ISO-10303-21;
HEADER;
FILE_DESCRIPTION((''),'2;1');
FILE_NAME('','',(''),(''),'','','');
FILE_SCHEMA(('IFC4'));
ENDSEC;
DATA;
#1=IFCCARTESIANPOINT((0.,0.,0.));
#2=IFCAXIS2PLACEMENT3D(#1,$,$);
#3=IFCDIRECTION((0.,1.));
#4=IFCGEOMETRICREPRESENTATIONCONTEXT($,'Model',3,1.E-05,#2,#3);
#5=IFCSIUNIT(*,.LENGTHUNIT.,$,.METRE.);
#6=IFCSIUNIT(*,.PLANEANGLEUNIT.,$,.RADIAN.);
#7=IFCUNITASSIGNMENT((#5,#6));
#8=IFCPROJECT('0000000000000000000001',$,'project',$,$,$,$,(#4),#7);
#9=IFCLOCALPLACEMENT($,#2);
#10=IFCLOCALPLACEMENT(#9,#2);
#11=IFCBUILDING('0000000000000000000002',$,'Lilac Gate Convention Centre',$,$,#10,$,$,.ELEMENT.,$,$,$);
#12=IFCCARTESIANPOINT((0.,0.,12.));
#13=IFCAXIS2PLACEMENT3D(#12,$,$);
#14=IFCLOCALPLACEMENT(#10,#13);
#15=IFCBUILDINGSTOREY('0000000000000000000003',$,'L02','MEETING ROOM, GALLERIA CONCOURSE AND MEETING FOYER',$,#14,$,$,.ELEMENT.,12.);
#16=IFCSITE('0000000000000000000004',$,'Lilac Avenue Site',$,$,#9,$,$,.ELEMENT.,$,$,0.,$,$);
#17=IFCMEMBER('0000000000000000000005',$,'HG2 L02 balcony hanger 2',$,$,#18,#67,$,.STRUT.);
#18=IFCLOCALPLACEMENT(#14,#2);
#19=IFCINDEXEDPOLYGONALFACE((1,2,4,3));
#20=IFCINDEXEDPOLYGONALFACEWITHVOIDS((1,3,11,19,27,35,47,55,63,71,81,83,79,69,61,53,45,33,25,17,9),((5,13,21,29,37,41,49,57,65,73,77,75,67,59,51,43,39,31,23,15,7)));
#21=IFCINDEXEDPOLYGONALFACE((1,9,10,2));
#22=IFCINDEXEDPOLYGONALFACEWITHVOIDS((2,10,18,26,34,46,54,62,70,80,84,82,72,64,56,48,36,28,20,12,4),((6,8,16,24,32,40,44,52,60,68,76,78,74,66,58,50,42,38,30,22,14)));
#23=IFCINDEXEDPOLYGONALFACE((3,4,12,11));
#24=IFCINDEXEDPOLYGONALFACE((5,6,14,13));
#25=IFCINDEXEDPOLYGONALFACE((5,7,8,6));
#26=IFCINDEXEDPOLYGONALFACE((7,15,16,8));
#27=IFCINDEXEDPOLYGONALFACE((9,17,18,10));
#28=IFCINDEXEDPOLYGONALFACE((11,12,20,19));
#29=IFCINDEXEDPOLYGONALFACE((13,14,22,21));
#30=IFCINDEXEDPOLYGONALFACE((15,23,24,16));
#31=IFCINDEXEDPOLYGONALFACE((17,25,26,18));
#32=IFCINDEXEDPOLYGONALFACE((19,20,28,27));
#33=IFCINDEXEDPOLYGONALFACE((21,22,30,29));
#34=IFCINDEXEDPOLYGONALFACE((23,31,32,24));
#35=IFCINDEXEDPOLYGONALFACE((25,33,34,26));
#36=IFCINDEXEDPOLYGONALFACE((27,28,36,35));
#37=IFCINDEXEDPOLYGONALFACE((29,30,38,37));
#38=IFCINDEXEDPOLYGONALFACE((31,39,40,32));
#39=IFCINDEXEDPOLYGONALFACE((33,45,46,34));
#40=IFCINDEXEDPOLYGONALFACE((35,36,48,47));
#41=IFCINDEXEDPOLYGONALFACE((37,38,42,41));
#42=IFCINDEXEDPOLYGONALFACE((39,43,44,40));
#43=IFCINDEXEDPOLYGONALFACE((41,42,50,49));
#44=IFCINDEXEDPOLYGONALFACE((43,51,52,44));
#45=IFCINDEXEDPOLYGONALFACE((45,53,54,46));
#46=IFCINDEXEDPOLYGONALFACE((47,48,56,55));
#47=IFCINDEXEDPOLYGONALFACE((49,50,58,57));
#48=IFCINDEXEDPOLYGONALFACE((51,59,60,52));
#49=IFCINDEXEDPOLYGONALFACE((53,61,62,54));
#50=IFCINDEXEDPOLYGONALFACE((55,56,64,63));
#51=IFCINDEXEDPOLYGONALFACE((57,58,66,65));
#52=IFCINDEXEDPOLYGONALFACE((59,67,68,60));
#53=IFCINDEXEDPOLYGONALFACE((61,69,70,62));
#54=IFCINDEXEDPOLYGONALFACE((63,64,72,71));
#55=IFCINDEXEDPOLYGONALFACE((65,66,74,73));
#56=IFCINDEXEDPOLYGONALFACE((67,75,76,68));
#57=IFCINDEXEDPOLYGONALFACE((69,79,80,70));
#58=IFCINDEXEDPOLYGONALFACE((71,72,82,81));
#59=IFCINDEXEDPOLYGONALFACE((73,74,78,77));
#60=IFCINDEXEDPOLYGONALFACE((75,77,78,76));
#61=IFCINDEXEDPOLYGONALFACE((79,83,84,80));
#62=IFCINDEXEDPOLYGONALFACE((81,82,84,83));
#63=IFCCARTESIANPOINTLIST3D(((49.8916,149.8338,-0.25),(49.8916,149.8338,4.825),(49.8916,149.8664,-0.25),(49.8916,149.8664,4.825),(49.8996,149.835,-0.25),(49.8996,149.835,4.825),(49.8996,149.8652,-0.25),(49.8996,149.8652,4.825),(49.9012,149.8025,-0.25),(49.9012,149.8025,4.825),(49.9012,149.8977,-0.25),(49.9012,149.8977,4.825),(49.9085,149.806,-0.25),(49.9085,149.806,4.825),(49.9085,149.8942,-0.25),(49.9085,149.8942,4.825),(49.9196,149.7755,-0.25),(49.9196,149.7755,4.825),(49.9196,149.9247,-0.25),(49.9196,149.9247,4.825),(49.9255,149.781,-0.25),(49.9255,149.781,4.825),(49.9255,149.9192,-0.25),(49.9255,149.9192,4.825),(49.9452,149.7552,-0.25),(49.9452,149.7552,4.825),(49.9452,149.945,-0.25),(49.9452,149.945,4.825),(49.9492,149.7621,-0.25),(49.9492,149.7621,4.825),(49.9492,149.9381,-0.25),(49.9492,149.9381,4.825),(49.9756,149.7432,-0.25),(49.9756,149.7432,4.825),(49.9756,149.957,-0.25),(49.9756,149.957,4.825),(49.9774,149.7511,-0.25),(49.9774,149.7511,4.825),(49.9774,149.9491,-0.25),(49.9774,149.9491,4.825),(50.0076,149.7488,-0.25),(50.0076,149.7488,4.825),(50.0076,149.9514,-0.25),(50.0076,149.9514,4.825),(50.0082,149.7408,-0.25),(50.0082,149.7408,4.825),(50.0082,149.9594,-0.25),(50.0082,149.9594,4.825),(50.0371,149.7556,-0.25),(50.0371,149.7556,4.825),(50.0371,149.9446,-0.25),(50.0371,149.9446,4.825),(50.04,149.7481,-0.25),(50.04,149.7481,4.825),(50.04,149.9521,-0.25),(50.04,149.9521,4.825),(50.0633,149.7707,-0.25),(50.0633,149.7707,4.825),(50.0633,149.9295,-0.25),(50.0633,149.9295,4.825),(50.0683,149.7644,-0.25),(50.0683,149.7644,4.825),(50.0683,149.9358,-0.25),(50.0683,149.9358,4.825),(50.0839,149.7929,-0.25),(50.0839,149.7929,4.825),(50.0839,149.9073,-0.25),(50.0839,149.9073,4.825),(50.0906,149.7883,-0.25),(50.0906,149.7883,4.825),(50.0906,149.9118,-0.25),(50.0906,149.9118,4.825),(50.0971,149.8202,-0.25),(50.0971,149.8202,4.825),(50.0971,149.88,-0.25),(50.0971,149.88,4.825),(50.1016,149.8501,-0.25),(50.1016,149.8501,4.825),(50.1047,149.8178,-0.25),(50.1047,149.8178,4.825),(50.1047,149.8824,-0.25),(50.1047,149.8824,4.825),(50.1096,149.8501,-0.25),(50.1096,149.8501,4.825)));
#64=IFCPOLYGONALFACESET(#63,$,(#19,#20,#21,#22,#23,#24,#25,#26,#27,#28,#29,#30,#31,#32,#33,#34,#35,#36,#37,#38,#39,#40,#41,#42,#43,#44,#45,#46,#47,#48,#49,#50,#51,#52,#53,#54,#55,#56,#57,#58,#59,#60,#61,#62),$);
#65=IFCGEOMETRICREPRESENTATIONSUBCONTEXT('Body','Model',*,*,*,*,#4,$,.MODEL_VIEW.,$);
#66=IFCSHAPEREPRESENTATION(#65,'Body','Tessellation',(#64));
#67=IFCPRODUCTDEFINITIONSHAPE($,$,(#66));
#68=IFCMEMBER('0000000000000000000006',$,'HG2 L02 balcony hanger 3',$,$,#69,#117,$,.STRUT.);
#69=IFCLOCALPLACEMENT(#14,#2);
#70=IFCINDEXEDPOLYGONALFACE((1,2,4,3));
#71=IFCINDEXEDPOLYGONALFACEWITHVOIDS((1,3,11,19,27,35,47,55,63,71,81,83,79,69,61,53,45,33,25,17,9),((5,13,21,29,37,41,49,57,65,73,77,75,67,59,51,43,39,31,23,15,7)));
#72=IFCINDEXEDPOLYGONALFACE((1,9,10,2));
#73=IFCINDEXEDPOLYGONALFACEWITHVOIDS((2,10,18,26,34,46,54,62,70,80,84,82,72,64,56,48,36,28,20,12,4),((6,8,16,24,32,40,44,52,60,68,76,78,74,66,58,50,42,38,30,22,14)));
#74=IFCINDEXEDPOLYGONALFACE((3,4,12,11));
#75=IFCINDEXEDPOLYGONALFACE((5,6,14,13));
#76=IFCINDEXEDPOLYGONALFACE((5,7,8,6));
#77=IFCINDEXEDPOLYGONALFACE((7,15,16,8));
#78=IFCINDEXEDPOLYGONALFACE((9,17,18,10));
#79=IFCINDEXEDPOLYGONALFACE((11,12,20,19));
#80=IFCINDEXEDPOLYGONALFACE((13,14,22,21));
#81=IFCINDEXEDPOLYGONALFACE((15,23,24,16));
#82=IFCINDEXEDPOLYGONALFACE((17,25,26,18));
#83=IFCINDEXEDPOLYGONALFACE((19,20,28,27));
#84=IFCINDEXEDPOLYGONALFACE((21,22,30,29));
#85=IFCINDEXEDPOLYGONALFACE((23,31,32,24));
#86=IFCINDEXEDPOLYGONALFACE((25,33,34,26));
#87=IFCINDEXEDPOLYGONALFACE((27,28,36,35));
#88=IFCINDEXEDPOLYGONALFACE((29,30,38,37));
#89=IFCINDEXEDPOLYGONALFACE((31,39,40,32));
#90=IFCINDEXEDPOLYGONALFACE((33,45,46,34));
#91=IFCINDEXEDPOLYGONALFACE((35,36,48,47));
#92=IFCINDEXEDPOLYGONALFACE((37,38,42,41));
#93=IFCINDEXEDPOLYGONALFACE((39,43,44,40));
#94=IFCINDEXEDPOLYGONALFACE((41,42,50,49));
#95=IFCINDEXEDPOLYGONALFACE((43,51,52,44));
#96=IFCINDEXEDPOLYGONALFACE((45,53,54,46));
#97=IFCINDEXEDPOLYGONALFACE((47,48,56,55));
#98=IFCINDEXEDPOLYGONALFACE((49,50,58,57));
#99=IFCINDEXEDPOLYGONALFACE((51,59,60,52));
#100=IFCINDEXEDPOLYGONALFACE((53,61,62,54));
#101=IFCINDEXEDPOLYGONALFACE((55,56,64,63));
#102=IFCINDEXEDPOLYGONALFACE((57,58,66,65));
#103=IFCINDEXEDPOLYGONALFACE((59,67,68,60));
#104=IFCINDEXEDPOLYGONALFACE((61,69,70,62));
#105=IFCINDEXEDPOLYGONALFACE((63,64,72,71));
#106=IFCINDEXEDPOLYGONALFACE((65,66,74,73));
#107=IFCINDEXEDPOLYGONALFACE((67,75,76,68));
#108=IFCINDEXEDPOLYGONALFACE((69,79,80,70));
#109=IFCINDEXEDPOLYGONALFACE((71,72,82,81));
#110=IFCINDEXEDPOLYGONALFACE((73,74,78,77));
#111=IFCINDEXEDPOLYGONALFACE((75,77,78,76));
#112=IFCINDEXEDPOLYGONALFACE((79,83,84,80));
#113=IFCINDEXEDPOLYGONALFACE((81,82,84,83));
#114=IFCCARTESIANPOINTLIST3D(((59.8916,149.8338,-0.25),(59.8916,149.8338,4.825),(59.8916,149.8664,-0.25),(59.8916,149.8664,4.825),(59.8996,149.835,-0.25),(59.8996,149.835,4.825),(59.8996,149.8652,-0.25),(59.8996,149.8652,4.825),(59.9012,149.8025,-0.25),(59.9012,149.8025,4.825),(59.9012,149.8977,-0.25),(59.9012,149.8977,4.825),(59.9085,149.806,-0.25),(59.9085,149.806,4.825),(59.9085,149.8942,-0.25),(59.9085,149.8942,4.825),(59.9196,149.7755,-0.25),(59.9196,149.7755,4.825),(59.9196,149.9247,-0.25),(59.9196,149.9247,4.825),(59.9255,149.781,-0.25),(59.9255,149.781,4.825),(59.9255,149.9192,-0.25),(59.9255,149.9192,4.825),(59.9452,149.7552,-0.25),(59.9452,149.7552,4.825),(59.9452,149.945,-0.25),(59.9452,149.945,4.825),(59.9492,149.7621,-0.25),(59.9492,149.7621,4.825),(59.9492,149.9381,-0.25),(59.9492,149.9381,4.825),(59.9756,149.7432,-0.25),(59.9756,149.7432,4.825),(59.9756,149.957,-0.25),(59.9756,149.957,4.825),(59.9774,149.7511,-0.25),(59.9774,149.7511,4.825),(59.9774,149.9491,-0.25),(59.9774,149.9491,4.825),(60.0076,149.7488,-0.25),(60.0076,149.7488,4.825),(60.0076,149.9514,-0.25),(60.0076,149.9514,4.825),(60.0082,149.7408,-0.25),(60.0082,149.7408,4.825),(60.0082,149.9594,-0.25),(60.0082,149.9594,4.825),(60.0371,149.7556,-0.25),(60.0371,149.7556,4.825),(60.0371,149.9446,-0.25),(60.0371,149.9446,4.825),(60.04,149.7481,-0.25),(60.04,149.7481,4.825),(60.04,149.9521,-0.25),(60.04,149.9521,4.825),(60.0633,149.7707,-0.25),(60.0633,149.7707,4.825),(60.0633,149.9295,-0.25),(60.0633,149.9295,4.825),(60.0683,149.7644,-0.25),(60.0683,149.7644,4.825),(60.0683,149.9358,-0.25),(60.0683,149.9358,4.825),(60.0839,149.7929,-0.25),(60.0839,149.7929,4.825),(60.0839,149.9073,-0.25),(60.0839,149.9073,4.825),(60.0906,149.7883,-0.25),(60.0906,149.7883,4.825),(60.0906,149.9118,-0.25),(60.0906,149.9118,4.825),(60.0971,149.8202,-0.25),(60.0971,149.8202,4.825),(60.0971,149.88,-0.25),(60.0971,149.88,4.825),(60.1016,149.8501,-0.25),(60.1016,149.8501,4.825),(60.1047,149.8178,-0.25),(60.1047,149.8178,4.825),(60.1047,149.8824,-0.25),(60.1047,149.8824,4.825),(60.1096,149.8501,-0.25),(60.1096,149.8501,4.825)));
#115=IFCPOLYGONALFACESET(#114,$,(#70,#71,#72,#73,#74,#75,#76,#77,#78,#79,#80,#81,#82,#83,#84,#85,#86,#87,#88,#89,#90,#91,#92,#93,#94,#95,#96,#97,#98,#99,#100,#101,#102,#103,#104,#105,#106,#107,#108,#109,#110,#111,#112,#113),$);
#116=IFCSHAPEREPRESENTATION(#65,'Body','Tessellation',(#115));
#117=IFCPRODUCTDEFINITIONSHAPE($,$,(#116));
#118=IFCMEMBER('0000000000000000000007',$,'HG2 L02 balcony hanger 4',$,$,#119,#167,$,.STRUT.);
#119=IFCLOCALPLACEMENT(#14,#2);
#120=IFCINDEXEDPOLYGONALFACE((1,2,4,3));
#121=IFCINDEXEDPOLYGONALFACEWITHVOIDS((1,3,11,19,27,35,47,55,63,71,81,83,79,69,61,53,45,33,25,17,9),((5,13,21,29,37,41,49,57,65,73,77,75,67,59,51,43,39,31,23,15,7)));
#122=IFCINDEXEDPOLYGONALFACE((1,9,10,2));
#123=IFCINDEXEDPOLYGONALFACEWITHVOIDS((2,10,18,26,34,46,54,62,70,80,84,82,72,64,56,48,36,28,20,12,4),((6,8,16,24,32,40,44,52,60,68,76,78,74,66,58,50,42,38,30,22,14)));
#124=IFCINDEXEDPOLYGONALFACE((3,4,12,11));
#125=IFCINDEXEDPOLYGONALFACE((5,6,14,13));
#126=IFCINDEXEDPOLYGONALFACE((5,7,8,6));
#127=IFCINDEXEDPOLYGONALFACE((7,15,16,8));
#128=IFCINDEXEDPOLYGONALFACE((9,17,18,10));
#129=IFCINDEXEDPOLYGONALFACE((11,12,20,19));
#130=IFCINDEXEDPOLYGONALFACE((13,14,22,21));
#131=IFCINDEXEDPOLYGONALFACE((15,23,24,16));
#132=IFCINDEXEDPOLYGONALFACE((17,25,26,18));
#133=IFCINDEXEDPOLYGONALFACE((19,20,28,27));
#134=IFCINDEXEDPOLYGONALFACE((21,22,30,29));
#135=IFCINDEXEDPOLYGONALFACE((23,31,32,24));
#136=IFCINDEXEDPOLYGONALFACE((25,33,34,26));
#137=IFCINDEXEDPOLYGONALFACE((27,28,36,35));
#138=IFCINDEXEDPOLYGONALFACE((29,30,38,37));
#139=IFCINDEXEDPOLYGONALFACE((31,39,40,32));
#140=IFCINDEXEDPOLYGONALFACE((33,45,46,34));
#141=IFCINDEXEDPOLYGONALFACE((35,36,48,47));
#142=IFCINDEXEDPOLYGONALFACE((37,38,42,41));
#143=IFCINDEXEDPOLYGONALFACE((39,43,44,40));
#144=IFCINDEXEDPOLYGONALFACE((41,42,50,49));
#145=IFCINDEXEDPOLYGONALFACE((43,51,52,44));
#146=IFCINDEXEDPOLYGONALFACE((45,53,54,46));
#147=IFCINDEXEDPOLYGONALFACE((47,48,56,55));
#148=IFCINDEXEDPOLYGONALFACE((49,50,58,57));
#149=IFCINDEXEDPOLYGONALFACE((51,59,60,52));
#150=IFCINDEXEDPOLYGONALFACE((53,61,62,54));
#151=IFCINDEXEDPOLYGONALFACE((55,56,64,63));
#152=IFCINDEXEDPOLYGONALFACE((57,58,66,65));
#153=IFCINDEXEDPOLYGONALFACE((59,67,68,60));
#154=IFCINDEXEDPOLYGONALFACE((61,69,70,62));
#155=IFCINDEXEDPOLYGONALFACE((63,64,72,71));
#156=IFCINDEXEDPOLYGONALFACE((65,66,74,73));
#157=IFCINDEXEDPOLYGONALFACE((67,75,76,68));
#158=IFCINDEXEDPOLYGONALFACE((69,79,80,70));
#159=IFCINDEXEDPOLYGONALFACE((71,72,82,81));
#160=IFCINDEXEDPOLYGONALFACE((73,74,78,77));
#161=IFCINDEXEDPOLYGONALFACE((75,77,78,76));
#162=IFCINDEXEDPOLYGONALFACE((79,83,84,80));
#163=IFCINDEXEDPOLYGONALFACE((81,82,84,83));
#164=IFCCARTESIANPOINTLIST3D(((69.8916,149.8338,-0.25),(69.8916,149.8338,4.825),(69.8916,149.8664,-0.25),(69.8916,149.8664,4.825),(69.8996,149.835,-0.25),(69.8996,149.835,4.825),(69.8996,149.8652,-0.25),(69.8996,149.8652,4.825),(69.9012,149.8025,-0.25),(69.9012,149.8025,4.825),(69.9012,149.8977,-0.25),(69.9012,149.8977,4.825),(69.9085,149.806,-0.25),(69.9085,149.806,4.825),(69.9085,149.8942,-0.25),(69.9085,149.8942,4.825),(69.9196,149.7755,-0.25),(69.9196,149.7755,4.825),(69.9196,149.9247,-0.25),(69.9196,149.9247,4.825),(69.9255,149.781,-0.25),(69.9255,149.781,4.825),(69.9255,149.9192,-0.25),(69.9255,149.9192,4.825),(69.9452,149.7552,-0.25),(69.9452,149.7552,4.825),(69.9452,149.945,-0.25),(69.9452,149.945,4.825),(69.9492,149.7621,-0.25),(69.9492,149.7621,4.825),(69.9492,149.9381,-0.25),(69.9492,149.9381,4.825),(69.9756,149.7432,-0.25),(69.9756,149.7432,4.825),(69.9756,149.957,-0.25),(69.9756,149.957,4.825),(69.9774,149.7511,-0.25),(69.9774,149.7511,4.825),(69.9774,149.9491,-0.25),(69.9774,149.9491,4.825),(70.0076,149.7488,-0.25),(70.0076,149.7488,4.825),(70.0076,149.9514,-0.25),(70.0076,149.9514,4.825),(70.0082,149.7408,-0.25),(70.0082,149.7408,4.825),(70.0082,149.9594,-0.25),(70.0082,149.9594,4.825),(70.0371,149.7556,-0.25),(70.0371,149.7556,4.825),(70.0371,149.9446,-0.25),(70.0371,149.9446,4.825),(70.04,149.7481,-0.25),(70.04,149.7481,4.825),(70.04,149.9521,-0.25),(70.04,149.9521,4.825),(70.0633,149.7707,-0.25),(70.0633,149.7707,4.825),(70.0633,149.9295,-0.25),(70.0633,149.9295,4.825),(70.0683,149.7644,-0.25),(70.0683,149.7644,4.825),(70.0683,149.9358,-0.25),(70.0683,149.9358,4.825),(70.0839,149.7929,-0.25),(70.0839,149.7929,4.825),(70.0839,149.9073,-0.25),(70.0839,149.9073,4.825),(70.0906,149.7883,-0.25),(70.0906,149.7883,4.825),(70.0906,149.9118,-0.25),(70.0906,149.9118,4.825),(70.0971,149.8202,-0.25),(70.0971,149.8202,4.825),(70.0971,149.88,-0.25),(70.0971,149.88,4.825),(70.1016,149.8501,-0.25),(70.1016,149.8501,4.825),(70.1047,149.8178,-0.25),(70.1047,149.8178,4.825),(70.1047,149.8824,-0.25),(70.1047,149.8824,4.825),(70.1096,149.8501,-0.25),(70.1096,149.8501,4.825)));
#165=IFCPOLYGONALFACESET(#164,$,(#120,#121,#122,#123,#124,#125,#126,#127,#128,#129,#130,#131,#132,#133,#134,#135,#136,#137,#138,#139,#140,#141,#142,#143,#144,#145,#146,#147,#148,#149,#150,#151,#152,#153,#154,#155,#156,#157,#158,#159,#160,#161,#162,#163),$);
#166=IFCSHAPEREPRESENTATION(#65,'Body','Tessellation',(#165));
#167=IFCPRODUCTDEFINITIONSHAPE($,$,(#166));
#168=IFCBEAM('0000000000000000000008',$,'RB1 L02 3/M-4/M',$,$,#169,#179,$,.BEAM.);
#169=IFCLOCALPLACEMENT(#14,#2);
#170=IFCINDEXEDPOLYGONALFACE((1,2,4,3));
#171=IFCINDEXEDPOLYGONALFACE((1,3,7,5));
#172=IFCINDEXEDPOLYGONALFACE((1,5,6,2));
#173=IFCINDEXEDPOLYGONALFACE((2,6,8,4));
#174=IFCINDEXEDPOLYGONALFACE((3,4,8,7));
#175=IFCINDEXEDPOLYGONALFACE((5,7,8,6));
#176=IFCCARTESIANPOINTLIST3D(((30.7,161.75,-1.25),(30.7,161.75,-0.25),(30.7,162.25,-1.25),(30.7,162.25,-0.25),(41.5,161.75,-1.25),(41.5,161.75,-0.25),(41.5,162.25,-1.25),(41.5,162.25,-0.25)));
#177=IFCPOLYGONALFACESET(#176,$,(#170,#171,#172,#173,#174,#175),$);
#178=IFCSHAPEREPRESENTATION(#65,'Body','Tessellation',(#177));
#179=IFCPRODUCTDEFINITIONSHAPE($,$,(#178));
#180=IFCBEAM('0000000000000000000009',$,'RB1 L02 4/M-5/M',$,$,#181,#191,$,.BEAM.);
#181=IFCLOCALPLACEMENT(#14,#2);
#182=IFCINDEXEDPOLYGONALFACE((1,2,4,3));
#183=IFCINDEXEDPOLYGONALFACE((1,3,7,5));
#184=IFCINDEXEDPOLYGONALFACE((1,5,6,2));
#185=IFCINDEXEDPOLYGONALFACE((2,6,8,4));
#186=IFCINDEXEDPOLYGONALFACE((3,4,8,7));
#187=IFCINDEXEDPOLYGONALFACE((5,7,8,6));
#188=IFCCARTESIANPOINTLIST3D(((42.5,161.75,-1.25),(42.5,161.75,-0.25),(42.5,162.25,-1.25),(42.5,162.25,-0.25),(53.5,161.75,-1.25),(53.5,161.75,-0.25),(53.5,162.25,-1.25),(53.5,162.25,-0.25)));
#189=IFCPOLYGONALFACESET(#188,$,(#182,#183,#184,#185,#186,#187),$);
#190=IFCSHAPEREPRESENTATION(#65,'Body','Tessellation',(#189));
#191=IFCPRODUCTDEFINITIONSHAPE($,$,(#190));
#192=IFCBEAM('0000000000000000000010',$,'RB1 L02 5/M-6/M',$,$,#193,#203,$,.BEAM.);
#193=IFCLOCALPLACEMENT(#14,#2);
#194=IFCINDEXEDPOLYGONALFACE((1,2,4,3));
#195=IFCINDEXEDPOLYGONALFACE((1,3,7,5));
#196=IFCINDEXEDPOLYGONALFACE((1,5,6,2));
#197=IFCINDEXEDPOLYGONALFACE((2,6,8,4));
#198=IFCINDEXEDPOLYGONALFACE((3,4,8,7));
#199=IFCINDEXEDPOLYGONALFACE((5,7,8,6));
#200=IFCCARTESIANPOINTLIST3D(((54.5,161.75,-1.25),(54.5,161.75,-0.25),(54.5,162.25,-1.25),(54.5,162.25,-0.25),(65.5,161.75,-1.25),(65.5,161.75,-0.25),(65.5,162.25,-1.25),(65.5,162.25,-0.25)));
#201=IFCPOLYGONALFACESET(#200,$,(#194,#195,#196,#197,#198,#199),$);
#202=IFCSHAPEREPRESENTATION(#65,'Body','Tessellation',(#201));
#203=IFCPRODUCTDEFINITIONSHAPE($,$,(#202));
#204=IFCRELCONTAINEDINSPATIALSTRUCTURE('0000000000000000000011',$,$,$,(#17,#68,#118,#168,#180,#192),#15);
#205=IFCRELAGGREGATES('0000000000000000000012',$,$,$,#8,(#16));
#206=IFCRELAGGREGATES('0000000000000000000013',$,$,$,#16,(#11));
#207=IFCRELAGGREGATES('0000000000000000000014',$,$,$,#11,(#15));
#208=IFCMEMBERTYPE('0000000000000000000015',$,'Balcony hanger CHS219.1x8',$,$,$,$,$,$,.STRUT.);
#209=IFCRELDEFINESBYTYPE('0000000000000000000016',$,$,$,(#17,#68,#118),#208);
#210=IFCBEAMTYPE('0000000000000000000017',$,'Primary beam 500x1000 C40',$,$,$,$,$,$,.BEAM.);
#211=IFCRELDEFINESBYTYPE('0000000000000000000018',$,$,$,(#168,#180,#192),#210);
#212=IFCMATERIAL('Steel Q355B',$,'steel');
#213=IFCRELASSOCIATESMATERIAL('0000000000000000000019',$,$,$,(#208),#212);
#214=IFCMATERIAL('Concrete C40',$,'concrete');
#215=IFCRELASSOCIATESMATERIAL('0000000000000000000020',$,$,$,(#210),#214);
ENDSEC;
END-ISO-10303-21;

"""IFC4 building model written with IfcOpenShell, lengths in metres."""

from ifc_helpers import new_model, si_unit, direction, frame, origin, origin_2d, place, context, subcontext, project, spatial, rectangle, hollow_circle, extrude, material, material_profile, profile_set, type_object, element, save


model = new_model("IFC4")

# Units and contexts
model_context = context("Model", 3, precision=1e-05, world=origin(), true_north=direction((0.0, 1.0)))
body_context = subcontext(model_context, "Body", "Model", "MODEL_VIEW")
ifc_project = project(units=[si_unit("LENGTHUNIT", "METRE"), si_unit("PLANEANGLEUNIT", "RADIAN")], contexts=[model_context])

# Site, building, storey
site_placement = place(None, origin())
site = spatial("IfcSite", under=ifc_project, at=site_placement, Name="Lilac Avenue Site", CompositionType="ELEMENT", RefElevation=0.0)
building_placement = place(site_placement, origin())
building = spatial("IfcBuilding", under=site, at=building_placement, Name="Lilac Gate Convention Centre", CompositionType="ELEMENT")
storey_placement = place(building_placement, frame((0.0, 0.0, 12.0)))
storey = spatial("IfcBuildingStorey", under=building, at=storey_placement, Name="L02", Description="MEETING ROOM, GALLERIA CONCOURSE AND MEETING FOYER", CompositionType="ELEMENT", Elevation=12.0)

# Shared definitions
ifc_material_1 = material(Name="Concrete C40", Category="concrete")

# Shared definitions
ifc_material_2 = material(Name="Steel Q355B", Category="steel")

# Members
ifc_material_profile_1 = material_profile(ifc_material_2, hollow_circle(Radius=0.1096, WallThickness=0.0081, at=origin_2d()), Name="CHS219.1x8")
ifc_profile_set_1 = profile_set([ifc_material_profile_1], Name="Steel Q355B")
member_type = type_object("IfcMemberType", Name="Balcony hanger CHS219.1x8", PredefinedType="STRUT", material=ifc_profile_set_1)
for number, where, z_axis, x_axis, name in (
    (1, (50.0, 149.8501, -0.25), (0.0, 0.0, 1.0), (1.0, 0.0, 0.0), "HG2 L02 balcony hanger 2"),
    (2, (60.0, 149.8501, -0.25), (0.0, 0.0, 1.0), (1.0, 0.0, 0.0), "HG2 L02 balcony hanger 3"),
    (3, (70.0, 149.8501, -0.25), (0.0, 0.0, 1.0), (1.0, 0.0, 0.0), "HG2 L02 balcony hanger 4"),
):
    element("IfcMember", number, at=place(storey_placement, frame(where, z_axis=z_axis, x_axis=x_axis)), inside=storey, type_object=member_type, Name=name, PredefinedType="STRUT", context=body_context, shape_type="SweptSolid", body=[
        extrude(hollow_circle(Radius=0.1096, WallThickness=0.0081, at=origin_2d()), origin(), (0.0, 0.0, 1.0), 5.075),
    ])

# Beams
ifc_material_profile_2 = material_profile(ifc_material_1, rectangle(XDim=0.5, YDim=1.0, at=origin_2d()), Name="RC 500x1000")
ifc_profile_set_2 = profile_set([ifc_material_profile_2], Name="Concrete C40")
beam_type_1 = type_object("IfcBeamType", Name="Primary beam 500x1000 C40", PredefinedType="BEAM", material=ifc_profile_set_2)
beam_1_placement = place(storey_placement, frame((30.7, 162.0, -0.75), z_axis=(1.0, 0.0, 0.0), x_axis=(0.0, 1.0, 0.0)))
element("IfcBeam", 4, at=beam_1_placement, inside=storey, type_object=beam_type_1, Name="RB1 L02 3/M-4/M", PredefinedType="BEAM", context=body_context, shape_type="SweptSolid", body=[
    extrude(rectangle(XDim=0.5, YDim=1.0, at=origin_2d()), origin(), (0.0, 0.0, 1.0), 10.8),
])
for number, where, z_axis, x_axis, name in (
    (5, (42.5, 162.0, -0.75), (1.0, 0.0, 0.0), (0.0, 1.0, 0.0), "RB1 L02 4/M-5/M"),
    (6, (54.5, 162.0, -0.75), (1.0, 0.0, 0.0), (0.0, 1.0, 0.0), "RB1 L02 5/M-6/M"),
):
    element("IfcBeam", number, at=place(storey_placement, frame(where, z_axis=z_axis, x_axis=x_axis)), inside=storey, type_object=beam_type_1, Name=name, PredefinedType="BEAM", context=body_context, shape_type="SweptSolid", body=[
        extrude(rectangle(XDim=0.5, YDim=1.0, at=origin_2d()), origin(), (0.0, 0.0, 1.0), 11.0),
    ])

save(model, "model.ifc")
